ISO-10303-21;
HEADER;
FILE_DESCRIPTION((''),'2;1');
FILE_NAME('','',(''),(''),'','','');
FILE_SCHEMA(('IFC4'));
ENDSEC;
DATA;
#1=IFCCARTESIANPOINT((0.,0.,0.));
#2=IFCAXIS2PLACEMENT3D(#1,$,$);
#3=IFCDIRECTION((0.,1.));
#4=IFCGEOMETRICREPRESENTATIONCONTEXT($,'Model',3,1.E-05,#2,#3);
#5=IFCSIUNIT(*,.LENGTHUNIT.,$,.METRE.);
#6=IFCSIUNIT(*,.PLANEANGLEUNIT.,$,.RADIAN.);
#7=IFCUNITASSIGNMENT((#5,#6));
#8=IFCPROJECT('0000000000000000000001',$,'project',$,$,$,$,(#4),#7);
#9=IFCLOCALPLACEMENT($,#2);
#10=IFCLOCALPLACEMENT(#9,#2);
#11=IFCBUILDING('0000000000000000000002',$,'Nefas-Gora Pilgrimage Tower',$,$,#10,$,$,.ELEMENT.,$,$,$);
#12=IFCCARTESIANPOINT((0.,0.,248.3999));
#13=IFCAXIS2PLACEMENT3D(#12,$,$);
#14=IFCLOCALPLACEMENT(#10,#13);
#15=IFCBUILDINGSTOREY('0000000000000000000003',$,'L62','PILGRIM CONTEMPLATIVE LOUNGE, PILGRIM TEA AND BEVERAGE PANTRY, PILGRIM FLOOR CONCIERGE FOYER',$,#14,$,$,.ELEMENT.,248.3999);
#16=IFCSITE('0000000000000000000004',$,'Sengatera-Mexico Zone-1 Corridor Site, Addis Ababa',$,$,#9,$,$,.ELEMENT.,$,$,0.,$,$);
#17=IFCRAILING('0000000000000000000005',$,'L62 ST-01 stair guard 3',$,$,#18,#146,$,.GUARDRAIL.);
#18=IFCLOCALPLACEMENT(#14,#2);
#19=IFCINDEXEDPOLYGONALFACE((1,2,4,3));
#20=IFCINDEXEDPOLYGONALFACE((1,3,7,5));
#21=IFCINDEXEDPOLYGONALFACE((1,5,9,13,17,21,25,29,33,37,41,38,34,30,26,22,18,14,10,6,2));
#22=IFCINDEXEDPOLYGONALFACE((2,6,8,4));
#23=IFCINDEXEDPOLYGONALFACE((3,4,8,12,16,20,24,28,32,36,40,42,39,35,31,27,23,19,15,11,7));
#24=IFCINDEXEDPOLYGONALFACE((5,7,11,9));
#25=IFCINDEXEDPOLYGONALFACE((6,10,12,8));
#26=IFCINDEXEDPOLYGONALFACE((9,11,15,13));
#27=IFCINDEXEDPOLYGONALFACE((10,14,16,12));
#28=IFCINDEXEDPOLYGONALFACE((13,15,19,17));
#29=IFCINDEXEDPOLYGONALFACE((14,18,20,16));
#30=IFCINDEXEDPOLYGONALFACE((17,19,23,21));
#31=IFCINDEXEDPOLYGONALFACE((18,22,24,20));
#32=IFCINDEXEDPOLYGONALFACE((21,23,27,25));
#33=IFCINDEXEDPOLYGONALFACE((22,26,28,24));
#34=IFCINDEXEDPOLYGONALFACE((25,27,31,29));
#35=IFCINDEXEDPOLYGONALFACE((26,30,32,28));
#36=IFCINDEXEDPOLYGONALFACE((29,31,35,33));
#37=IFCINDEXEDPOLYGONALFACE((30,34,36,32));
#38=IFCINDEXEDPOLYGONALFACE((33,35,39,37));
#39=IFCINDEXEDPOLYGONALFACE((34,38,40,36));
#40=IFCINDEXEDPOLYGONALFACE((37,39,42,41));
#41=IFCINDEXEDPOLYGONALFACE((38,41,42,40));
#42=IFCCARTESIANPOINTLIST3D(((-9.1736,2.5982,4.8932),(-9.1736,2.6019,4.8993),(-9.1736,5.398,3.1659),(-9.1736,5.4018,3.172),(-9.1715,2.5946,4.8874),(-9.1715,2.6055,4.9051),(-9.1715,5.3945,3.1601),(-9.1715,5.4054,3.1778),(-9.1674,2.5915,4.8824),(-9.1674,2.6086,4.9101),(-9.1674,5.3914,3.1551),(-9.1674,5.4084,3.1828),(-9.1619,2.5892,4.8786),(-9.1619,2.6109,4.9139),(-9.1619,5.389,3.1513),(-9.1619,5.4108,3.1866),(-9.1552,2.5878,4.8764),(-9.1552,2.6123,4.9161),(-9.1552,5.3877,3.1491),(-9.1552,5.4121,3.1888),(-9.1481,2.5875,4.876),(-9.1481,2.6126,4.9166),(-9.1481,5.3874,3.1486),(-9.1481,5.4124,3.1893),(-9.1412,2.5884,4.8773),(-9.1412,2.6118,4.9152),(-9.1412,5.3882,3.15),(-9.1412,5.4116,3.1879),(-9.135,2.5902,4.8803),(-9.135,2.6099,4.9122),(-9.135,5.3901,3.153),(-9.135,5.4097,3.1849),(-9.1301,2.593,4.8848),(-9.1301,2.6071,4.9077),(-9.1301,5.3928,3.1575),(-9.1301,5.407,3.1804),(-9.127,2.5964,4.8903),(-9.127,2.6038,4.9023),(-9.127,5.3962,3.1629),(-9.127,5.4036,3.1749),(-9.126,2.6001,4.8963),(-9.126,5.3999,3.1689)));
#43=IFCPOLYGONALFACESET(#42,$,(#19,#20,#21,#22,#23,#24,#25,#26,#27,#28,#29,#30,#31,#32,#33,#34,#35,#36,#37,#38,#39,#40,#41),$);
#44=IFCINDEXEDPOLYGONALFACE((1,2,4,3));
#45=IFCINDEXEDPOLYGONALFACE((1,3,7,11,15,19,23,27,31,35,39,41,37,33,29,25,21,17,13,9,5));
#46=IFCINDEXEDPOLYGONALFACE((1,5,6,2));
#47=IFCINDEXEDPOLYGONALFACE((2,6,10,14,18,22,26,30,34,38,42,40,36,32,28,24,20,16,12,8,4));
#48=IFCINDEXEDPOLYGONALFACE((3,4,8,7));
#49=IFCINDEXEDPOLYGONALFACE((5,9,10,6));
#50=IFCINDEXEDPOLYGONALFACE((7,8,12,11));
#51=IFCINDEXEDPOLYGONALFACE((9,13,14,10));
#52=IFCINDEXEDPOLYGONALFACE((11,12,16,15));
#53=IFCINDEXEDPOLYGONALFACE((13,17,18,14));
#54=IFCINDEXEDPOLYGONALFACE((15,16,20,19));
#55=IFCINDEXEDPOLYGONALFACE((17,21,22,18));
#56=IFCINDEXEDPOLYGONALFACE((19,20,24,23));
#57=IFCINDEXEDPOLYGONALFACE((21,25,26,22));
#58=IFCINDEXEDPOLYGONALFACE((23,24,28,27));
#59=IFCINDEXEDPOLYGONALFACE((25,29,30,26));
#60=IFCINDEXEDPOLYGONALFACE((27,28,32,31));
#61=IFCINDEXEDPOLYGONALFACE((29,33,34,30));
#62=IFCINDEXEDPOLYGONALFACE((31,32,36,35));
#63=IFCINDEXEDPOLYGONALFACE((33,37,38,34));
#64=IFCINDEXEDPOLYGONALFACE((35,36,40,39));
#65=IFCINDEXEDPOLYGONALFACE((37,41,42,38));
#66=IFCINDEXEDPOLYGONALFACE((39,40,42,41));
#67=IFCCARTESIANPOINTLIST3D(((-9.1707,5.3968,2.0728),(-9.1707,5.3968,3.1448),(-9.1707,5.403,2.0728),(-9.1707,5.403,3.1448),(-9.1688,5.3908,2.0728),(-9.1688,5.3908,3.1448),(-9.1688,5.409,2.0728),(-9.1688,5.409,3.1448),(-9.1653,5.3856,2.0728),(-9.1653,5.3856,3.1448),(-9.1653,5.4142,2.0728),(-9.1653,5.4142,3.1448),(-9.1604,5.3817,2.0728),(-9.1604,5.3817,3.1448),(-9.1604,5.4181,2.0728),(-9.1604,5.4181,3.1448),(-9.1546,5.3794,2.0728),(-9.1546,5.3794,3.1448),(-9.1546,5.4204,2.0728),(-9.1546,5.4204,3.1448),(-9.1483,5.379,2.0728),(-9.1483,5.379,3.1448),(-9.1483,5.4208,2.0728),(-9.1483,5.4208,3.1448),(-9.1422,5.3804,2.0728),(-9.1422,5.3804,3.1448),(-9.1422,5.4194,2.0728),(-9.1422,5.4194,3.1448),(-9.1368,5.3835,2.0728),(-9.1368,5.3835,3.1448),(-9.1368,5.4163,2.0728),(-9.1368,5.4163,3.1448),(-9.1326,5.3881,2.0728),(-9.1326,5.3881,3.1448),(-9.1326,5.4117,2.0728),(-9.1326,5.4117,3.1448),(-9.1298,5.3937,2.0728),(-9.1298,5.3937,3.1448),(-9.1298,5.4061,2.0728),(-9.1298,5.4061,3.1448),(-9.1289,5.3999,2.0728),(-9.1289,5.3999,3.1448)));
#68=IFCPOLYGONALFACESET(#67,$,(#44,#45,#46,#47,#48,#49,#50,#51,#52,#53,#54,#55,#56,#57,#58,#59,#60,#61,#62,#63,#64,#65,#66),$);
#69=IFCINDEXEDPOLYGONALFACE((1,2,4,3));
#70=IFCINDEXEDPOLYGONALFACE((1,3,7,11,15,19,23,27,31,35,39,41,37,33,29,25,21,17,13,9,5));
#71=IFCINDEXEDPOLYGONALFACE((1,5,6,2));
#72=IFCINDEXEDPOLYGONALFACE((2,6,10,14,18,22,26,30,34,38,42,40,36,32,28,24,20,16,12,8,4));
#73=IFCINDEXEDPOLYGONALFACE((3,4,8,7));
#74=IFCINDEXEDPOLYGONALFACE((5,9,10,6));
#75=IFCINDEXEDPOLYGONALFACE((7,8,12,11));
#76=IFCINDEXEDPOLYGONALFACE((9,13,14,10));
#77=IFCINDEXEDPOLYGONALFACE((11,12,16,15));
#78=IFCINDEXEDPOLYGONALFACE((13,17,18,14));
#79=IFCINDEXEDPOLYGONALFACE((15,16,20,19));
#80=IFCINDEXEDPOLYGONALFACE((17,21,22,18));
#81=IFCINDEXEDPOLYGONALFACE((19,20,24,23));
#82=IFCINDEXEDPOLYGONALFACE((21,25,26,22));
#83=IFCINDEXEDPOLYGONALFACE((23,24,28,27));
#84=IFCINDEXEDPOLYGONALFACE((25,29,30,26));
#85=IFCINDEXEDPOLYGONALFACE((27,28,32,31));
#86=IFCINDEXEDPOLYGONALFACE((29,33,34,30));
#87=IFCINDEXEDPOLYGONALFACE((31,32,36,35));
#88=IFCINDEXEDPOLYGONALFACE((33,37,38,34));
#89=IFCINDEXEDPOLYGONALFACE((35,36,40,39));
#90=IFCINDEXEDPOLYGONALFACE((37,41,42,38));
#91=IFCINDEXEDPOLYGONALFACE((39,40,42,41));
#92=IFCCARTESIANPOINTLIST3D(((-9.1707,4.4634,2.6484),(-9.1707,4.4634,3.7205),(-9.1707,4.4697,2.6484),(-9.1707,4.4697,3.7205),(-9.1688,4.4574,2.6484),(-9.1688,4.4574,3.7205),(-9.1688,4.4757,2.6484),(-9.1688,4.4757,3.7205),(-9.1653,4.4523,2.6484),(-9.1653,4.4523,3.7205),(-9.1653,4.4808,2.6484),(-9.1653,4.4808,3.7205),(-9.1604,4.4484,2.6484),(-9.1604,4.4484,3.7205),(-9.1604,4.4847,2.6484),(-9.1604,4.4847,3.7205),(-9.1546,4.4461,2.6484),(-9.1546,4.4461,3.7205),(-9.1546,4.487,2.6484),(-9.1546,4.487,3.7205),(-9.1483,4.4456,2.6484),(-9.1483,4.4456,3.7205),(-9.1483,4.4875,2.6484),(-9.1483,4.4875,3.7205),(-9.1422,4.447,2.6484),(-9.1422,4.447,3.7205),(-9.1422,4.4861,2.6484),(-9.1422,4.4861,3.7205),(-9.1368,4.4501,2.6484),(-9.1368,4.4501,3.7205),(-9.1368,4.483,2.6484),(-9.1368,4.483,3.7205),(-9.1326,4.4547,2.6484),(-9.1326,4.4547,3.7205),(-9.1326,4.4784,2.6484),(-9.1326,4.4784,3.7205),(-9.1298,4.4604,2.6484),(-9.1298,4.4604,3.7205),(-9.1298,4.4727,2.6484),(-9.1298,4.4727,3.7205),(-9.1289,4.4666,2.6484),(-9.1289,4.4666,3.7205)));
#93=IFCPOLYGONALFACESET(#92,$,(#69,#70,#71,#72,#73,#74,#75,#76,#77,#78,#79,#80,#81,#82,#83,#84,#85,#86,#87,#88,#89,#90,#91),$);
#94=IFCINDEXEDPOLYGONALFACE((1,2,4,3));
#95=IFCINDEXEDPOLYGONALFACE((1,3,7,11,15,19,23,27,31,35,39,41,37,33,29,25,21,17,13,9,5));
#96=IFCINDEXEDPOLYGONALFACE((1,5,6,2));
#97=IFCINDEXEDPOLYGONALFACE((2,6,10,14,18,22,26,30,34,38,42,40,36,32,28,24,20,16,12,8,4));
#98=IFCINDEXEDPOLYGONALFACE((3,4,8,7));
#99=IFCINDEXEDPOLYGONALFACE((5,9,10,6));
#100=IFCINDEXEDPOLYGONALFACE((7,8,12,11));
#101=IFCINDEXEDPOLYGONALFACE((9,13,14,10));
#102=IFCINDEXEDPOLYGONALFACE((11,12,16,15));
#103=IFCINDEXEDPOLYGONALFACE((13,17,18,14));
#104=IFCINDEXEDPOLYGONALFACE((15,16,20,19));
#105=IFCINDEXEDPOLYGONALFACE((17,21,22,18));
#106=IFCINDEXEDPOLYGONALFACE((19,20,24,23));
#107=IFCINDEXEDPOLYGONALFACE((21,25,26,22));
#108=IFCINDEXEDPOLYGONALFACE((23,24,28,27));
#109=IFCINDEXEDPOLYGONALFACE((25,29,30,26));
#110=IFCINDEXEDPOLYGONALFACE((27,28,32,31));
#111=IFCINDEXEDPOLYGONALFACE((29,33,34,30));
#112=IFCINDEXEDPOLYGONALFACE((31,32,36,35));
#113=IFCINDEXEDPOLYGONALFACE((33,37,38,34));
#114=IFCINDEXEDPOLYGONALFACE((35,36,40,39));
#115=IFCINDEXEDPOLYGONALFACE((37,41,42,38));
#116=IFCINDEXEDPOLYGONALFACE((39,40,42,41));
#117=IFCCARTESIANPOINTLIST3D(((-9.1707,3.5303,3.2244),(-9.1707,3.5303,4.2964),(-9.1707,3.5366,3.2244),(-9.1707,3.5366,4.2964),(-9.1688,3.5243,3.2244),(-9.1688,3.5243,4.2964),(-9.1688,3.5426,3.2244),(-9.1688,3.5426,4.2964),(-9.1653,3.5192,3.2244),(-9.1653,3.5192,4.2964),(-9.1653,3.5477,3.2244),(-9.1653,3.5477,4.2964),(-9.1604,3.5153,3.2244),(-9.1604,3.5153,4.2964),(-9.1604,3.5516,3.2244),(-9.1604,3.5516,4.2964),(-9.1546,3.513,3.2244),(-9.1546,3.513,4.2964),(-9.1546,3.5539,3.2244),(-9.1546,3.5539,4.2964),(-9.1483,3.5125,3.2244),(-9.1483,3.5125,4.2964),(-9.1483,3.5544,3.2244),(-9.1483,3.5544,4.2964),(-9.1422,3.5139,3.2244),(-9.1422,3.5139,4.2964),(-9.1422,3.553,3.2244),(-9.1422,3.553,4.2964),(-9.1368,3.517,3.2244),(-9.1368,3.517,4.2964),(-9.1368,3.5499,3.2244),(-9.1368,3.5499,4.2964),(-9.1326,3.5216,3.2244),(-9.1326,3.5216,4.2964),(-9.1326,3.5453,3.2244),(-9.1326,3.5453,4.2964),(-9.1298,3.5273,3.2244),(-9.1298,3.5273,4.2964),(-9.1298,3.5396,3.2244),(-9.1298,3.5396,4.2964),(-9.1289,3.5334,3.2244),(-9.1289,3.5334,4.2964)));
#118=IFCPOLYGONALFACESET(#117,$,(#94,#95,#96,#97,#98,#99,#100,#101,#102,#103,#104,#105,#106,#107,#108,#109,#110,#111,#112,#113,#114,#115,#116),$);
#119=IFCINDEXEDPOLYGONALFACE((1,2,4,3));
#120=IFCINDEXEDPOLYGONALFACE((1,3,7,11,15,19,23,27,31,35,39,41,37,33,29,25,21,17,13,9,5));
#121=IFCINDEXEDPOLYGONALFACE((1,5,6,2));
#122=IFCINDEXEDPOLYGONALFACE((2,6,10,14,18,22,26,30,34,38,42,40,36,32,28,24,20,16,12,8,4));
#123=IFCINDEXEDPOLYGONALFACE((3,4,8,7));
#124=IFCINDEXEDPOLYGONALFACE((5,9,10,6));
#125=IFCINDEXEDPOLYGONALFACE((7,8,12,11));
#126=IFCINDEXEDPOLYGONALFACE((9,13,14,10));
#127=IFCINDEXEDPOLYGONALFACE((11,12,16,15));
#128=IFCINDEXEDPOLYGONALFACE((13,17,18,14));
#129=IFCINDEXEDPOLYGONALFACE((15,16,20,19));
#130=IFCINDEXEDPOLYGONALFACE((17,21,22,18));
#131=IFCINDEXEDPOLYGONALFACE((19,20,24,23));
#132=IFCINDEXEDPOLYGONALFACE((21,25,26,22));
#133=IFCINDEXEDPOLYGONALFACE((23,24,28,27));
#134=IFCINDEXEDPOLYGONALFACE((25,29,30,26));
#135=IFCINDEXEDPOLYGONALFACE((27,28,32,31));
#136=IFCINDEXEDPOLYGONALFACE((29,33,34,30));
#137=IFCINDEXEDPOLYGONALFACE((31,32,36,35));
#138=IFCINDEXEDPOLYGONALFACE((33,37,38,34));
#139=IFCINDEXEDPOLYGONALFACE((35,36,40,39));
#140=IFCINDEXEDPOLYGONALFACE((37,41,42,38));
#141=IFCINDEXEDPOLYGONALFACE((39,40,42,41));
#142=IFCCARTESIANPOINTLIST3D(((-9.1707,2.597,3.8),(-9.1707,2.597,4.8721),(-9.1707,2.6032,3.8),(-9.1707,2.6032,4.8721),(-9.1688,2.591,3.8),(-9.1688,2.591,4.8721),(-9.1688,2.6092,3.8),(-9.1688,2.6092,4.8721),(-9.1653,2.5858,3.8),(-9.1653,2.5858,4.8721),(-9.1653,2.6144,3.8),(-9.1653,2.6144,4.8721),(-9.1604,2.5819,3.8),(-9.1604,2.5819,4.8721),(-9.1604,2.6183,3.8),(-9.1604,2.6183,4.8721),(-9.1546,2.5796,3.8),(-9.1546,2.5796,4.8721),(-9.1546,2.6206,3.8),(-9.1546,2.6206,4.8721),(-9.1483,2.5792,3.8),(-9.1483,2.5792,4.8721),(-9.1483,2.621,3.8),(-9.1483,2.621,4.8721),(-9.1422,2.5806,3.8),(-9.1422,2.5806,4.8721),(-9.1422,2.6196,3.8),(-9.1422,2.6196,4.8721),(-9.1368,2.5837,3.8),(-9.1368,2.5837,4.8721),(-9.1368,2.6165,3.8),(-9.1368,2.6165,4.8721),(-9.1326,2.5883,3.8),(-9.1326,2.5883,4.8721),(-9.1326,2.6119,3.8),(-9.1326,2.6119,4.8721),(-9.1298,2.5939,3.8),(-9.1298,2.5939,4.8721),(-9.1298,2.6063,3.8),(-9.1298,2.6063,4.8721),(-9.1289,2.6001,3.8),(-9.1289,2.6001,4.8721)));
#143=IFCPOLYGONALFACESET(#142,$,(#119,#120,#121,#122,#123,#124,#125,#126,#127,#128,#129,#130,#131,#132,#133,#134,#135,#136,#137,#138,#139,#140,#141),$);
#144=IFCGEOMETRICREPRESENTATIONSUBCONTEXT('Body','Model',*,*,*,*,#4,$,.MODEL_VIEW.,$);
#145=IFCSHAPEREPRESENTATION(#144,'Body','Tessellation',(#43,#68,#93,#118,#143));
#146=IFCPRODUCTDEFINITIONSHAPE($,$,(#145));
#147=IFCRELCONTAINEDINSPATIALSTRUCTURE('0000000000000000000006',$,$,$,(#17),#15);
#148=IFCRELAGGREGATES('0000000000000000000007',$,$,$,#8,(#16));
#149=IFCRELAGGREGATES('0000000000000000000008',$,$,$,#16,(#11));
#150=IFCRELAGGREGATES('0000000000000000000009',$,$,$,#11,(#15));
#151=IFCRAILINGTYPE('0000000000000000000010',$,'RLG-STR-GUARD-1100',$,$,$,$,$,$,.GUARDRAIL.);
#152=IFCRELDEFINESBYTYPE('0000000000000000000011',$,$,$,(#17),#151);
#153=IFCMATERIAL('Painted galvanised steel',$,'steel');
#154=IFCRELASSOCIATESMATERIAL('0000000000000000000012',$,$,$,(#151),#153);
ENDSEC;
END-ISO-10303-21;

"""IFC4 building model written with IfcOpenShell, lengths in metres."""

from ifc_helpers import new_model, si_unit, direction, frame, origin, origin_2d, place, context, subcontext, project, spatial, circle, extrude, material, type_object, element, save


model = new_model("IFC4")

# Units and contexts
model_context = context("Model", 3, precision=1e-05, world=origin(), true_north=direction((0.0, 1.0)))
body_context = subcontext(model_context, "Body", "Model", "MODEL_VIEW")
ifc_project = project(units=[si_unit("LENGTHUNIT", "METRE"), si_unit("PLANEANGLEUNIT", "RADIAN")], contexts=[model_context])

# Site, building, storey
site_placement = place(None, origin())
site = spatial("IfcSite", under=ifc_project, at=site_placement, Name="Sengatera-Mexico Zone-1 Corridor Site, Addis Ababa", CompositionType="ELEMENT", RefElevation=0.0)
building_placement = place(site_placement, origin())
building = spatial("IfcBuilding", under=site, at=building_placement, Name="Nefas-Gora Pilgrimage Tower", CompositionType="ELEMENT")
storey_placement = place(building_placement, frame((0.0, 0.0, 248.3999)))
storey = spatial("IfcBuildingStorey", under=building, at=storey_placement, Name="L62", Description="PILGRIM CONTEMPLATIVE LOUNGE, PILGRIM TEA AND BEVERAGE PANTRY, PILGRIM FLOOR CONCIERGE FOYER", CompositionType="ELEMENT", Elevation=248.3999)

# Railing
ifc_material_1 = material(Name="Painted galvanised steel", Category="steel")
railing_type_1 = type_object("IfcRailingType", Name="RLG-STR-GUARD-1100", PredefinedType="GUARDRAIL", material=ifc_material_1)
railing_1_placement = place(storey_placement, frame((-9.1499, 5.3999, 2.0728)))
element("IfcRailing", 1, at=railing_1_placement, inside=storey, type_object=railing_type_1, Name="L62 ST-01 stair guard 3", PredefinedType="GUARDRAIL", context=body_context, shape_type="SweptSolid", body=[
    extrude(circle(Radius=0.0239, at=origin_2d()), frame((0.0, 0.0, 1.0962), z_axis=(0.0, -0.851069, 0.525054), x_axis=(1.0, 0.0, 0.0)), (0.0, 0.0, 1.0), 3.2898),
    extrude(circle(Radius=0.021, at=origin_2d()), origin(), (0.0, 0.0, 1.0), 1.072),
    extrude(circle(Radius=0.021, at=origin_2d()), frame((0.0, -0.9333, 0.5757)), (0.0, 0.0, 1.0), 1.072),
    extrude(circle(Radius=0.021, at=origin_2d()), frame((0.0, -1.8665, 1.1516)), (0.0, 0.0, 1.0), 1.072),
    extrude(circle(Radius=0.021, at=origin_2d()), frame((0.0, -2.7998, 1.7273)), (0.0, 0.0, 1.0), 1.072),
])

save(model, "model.ifc")
